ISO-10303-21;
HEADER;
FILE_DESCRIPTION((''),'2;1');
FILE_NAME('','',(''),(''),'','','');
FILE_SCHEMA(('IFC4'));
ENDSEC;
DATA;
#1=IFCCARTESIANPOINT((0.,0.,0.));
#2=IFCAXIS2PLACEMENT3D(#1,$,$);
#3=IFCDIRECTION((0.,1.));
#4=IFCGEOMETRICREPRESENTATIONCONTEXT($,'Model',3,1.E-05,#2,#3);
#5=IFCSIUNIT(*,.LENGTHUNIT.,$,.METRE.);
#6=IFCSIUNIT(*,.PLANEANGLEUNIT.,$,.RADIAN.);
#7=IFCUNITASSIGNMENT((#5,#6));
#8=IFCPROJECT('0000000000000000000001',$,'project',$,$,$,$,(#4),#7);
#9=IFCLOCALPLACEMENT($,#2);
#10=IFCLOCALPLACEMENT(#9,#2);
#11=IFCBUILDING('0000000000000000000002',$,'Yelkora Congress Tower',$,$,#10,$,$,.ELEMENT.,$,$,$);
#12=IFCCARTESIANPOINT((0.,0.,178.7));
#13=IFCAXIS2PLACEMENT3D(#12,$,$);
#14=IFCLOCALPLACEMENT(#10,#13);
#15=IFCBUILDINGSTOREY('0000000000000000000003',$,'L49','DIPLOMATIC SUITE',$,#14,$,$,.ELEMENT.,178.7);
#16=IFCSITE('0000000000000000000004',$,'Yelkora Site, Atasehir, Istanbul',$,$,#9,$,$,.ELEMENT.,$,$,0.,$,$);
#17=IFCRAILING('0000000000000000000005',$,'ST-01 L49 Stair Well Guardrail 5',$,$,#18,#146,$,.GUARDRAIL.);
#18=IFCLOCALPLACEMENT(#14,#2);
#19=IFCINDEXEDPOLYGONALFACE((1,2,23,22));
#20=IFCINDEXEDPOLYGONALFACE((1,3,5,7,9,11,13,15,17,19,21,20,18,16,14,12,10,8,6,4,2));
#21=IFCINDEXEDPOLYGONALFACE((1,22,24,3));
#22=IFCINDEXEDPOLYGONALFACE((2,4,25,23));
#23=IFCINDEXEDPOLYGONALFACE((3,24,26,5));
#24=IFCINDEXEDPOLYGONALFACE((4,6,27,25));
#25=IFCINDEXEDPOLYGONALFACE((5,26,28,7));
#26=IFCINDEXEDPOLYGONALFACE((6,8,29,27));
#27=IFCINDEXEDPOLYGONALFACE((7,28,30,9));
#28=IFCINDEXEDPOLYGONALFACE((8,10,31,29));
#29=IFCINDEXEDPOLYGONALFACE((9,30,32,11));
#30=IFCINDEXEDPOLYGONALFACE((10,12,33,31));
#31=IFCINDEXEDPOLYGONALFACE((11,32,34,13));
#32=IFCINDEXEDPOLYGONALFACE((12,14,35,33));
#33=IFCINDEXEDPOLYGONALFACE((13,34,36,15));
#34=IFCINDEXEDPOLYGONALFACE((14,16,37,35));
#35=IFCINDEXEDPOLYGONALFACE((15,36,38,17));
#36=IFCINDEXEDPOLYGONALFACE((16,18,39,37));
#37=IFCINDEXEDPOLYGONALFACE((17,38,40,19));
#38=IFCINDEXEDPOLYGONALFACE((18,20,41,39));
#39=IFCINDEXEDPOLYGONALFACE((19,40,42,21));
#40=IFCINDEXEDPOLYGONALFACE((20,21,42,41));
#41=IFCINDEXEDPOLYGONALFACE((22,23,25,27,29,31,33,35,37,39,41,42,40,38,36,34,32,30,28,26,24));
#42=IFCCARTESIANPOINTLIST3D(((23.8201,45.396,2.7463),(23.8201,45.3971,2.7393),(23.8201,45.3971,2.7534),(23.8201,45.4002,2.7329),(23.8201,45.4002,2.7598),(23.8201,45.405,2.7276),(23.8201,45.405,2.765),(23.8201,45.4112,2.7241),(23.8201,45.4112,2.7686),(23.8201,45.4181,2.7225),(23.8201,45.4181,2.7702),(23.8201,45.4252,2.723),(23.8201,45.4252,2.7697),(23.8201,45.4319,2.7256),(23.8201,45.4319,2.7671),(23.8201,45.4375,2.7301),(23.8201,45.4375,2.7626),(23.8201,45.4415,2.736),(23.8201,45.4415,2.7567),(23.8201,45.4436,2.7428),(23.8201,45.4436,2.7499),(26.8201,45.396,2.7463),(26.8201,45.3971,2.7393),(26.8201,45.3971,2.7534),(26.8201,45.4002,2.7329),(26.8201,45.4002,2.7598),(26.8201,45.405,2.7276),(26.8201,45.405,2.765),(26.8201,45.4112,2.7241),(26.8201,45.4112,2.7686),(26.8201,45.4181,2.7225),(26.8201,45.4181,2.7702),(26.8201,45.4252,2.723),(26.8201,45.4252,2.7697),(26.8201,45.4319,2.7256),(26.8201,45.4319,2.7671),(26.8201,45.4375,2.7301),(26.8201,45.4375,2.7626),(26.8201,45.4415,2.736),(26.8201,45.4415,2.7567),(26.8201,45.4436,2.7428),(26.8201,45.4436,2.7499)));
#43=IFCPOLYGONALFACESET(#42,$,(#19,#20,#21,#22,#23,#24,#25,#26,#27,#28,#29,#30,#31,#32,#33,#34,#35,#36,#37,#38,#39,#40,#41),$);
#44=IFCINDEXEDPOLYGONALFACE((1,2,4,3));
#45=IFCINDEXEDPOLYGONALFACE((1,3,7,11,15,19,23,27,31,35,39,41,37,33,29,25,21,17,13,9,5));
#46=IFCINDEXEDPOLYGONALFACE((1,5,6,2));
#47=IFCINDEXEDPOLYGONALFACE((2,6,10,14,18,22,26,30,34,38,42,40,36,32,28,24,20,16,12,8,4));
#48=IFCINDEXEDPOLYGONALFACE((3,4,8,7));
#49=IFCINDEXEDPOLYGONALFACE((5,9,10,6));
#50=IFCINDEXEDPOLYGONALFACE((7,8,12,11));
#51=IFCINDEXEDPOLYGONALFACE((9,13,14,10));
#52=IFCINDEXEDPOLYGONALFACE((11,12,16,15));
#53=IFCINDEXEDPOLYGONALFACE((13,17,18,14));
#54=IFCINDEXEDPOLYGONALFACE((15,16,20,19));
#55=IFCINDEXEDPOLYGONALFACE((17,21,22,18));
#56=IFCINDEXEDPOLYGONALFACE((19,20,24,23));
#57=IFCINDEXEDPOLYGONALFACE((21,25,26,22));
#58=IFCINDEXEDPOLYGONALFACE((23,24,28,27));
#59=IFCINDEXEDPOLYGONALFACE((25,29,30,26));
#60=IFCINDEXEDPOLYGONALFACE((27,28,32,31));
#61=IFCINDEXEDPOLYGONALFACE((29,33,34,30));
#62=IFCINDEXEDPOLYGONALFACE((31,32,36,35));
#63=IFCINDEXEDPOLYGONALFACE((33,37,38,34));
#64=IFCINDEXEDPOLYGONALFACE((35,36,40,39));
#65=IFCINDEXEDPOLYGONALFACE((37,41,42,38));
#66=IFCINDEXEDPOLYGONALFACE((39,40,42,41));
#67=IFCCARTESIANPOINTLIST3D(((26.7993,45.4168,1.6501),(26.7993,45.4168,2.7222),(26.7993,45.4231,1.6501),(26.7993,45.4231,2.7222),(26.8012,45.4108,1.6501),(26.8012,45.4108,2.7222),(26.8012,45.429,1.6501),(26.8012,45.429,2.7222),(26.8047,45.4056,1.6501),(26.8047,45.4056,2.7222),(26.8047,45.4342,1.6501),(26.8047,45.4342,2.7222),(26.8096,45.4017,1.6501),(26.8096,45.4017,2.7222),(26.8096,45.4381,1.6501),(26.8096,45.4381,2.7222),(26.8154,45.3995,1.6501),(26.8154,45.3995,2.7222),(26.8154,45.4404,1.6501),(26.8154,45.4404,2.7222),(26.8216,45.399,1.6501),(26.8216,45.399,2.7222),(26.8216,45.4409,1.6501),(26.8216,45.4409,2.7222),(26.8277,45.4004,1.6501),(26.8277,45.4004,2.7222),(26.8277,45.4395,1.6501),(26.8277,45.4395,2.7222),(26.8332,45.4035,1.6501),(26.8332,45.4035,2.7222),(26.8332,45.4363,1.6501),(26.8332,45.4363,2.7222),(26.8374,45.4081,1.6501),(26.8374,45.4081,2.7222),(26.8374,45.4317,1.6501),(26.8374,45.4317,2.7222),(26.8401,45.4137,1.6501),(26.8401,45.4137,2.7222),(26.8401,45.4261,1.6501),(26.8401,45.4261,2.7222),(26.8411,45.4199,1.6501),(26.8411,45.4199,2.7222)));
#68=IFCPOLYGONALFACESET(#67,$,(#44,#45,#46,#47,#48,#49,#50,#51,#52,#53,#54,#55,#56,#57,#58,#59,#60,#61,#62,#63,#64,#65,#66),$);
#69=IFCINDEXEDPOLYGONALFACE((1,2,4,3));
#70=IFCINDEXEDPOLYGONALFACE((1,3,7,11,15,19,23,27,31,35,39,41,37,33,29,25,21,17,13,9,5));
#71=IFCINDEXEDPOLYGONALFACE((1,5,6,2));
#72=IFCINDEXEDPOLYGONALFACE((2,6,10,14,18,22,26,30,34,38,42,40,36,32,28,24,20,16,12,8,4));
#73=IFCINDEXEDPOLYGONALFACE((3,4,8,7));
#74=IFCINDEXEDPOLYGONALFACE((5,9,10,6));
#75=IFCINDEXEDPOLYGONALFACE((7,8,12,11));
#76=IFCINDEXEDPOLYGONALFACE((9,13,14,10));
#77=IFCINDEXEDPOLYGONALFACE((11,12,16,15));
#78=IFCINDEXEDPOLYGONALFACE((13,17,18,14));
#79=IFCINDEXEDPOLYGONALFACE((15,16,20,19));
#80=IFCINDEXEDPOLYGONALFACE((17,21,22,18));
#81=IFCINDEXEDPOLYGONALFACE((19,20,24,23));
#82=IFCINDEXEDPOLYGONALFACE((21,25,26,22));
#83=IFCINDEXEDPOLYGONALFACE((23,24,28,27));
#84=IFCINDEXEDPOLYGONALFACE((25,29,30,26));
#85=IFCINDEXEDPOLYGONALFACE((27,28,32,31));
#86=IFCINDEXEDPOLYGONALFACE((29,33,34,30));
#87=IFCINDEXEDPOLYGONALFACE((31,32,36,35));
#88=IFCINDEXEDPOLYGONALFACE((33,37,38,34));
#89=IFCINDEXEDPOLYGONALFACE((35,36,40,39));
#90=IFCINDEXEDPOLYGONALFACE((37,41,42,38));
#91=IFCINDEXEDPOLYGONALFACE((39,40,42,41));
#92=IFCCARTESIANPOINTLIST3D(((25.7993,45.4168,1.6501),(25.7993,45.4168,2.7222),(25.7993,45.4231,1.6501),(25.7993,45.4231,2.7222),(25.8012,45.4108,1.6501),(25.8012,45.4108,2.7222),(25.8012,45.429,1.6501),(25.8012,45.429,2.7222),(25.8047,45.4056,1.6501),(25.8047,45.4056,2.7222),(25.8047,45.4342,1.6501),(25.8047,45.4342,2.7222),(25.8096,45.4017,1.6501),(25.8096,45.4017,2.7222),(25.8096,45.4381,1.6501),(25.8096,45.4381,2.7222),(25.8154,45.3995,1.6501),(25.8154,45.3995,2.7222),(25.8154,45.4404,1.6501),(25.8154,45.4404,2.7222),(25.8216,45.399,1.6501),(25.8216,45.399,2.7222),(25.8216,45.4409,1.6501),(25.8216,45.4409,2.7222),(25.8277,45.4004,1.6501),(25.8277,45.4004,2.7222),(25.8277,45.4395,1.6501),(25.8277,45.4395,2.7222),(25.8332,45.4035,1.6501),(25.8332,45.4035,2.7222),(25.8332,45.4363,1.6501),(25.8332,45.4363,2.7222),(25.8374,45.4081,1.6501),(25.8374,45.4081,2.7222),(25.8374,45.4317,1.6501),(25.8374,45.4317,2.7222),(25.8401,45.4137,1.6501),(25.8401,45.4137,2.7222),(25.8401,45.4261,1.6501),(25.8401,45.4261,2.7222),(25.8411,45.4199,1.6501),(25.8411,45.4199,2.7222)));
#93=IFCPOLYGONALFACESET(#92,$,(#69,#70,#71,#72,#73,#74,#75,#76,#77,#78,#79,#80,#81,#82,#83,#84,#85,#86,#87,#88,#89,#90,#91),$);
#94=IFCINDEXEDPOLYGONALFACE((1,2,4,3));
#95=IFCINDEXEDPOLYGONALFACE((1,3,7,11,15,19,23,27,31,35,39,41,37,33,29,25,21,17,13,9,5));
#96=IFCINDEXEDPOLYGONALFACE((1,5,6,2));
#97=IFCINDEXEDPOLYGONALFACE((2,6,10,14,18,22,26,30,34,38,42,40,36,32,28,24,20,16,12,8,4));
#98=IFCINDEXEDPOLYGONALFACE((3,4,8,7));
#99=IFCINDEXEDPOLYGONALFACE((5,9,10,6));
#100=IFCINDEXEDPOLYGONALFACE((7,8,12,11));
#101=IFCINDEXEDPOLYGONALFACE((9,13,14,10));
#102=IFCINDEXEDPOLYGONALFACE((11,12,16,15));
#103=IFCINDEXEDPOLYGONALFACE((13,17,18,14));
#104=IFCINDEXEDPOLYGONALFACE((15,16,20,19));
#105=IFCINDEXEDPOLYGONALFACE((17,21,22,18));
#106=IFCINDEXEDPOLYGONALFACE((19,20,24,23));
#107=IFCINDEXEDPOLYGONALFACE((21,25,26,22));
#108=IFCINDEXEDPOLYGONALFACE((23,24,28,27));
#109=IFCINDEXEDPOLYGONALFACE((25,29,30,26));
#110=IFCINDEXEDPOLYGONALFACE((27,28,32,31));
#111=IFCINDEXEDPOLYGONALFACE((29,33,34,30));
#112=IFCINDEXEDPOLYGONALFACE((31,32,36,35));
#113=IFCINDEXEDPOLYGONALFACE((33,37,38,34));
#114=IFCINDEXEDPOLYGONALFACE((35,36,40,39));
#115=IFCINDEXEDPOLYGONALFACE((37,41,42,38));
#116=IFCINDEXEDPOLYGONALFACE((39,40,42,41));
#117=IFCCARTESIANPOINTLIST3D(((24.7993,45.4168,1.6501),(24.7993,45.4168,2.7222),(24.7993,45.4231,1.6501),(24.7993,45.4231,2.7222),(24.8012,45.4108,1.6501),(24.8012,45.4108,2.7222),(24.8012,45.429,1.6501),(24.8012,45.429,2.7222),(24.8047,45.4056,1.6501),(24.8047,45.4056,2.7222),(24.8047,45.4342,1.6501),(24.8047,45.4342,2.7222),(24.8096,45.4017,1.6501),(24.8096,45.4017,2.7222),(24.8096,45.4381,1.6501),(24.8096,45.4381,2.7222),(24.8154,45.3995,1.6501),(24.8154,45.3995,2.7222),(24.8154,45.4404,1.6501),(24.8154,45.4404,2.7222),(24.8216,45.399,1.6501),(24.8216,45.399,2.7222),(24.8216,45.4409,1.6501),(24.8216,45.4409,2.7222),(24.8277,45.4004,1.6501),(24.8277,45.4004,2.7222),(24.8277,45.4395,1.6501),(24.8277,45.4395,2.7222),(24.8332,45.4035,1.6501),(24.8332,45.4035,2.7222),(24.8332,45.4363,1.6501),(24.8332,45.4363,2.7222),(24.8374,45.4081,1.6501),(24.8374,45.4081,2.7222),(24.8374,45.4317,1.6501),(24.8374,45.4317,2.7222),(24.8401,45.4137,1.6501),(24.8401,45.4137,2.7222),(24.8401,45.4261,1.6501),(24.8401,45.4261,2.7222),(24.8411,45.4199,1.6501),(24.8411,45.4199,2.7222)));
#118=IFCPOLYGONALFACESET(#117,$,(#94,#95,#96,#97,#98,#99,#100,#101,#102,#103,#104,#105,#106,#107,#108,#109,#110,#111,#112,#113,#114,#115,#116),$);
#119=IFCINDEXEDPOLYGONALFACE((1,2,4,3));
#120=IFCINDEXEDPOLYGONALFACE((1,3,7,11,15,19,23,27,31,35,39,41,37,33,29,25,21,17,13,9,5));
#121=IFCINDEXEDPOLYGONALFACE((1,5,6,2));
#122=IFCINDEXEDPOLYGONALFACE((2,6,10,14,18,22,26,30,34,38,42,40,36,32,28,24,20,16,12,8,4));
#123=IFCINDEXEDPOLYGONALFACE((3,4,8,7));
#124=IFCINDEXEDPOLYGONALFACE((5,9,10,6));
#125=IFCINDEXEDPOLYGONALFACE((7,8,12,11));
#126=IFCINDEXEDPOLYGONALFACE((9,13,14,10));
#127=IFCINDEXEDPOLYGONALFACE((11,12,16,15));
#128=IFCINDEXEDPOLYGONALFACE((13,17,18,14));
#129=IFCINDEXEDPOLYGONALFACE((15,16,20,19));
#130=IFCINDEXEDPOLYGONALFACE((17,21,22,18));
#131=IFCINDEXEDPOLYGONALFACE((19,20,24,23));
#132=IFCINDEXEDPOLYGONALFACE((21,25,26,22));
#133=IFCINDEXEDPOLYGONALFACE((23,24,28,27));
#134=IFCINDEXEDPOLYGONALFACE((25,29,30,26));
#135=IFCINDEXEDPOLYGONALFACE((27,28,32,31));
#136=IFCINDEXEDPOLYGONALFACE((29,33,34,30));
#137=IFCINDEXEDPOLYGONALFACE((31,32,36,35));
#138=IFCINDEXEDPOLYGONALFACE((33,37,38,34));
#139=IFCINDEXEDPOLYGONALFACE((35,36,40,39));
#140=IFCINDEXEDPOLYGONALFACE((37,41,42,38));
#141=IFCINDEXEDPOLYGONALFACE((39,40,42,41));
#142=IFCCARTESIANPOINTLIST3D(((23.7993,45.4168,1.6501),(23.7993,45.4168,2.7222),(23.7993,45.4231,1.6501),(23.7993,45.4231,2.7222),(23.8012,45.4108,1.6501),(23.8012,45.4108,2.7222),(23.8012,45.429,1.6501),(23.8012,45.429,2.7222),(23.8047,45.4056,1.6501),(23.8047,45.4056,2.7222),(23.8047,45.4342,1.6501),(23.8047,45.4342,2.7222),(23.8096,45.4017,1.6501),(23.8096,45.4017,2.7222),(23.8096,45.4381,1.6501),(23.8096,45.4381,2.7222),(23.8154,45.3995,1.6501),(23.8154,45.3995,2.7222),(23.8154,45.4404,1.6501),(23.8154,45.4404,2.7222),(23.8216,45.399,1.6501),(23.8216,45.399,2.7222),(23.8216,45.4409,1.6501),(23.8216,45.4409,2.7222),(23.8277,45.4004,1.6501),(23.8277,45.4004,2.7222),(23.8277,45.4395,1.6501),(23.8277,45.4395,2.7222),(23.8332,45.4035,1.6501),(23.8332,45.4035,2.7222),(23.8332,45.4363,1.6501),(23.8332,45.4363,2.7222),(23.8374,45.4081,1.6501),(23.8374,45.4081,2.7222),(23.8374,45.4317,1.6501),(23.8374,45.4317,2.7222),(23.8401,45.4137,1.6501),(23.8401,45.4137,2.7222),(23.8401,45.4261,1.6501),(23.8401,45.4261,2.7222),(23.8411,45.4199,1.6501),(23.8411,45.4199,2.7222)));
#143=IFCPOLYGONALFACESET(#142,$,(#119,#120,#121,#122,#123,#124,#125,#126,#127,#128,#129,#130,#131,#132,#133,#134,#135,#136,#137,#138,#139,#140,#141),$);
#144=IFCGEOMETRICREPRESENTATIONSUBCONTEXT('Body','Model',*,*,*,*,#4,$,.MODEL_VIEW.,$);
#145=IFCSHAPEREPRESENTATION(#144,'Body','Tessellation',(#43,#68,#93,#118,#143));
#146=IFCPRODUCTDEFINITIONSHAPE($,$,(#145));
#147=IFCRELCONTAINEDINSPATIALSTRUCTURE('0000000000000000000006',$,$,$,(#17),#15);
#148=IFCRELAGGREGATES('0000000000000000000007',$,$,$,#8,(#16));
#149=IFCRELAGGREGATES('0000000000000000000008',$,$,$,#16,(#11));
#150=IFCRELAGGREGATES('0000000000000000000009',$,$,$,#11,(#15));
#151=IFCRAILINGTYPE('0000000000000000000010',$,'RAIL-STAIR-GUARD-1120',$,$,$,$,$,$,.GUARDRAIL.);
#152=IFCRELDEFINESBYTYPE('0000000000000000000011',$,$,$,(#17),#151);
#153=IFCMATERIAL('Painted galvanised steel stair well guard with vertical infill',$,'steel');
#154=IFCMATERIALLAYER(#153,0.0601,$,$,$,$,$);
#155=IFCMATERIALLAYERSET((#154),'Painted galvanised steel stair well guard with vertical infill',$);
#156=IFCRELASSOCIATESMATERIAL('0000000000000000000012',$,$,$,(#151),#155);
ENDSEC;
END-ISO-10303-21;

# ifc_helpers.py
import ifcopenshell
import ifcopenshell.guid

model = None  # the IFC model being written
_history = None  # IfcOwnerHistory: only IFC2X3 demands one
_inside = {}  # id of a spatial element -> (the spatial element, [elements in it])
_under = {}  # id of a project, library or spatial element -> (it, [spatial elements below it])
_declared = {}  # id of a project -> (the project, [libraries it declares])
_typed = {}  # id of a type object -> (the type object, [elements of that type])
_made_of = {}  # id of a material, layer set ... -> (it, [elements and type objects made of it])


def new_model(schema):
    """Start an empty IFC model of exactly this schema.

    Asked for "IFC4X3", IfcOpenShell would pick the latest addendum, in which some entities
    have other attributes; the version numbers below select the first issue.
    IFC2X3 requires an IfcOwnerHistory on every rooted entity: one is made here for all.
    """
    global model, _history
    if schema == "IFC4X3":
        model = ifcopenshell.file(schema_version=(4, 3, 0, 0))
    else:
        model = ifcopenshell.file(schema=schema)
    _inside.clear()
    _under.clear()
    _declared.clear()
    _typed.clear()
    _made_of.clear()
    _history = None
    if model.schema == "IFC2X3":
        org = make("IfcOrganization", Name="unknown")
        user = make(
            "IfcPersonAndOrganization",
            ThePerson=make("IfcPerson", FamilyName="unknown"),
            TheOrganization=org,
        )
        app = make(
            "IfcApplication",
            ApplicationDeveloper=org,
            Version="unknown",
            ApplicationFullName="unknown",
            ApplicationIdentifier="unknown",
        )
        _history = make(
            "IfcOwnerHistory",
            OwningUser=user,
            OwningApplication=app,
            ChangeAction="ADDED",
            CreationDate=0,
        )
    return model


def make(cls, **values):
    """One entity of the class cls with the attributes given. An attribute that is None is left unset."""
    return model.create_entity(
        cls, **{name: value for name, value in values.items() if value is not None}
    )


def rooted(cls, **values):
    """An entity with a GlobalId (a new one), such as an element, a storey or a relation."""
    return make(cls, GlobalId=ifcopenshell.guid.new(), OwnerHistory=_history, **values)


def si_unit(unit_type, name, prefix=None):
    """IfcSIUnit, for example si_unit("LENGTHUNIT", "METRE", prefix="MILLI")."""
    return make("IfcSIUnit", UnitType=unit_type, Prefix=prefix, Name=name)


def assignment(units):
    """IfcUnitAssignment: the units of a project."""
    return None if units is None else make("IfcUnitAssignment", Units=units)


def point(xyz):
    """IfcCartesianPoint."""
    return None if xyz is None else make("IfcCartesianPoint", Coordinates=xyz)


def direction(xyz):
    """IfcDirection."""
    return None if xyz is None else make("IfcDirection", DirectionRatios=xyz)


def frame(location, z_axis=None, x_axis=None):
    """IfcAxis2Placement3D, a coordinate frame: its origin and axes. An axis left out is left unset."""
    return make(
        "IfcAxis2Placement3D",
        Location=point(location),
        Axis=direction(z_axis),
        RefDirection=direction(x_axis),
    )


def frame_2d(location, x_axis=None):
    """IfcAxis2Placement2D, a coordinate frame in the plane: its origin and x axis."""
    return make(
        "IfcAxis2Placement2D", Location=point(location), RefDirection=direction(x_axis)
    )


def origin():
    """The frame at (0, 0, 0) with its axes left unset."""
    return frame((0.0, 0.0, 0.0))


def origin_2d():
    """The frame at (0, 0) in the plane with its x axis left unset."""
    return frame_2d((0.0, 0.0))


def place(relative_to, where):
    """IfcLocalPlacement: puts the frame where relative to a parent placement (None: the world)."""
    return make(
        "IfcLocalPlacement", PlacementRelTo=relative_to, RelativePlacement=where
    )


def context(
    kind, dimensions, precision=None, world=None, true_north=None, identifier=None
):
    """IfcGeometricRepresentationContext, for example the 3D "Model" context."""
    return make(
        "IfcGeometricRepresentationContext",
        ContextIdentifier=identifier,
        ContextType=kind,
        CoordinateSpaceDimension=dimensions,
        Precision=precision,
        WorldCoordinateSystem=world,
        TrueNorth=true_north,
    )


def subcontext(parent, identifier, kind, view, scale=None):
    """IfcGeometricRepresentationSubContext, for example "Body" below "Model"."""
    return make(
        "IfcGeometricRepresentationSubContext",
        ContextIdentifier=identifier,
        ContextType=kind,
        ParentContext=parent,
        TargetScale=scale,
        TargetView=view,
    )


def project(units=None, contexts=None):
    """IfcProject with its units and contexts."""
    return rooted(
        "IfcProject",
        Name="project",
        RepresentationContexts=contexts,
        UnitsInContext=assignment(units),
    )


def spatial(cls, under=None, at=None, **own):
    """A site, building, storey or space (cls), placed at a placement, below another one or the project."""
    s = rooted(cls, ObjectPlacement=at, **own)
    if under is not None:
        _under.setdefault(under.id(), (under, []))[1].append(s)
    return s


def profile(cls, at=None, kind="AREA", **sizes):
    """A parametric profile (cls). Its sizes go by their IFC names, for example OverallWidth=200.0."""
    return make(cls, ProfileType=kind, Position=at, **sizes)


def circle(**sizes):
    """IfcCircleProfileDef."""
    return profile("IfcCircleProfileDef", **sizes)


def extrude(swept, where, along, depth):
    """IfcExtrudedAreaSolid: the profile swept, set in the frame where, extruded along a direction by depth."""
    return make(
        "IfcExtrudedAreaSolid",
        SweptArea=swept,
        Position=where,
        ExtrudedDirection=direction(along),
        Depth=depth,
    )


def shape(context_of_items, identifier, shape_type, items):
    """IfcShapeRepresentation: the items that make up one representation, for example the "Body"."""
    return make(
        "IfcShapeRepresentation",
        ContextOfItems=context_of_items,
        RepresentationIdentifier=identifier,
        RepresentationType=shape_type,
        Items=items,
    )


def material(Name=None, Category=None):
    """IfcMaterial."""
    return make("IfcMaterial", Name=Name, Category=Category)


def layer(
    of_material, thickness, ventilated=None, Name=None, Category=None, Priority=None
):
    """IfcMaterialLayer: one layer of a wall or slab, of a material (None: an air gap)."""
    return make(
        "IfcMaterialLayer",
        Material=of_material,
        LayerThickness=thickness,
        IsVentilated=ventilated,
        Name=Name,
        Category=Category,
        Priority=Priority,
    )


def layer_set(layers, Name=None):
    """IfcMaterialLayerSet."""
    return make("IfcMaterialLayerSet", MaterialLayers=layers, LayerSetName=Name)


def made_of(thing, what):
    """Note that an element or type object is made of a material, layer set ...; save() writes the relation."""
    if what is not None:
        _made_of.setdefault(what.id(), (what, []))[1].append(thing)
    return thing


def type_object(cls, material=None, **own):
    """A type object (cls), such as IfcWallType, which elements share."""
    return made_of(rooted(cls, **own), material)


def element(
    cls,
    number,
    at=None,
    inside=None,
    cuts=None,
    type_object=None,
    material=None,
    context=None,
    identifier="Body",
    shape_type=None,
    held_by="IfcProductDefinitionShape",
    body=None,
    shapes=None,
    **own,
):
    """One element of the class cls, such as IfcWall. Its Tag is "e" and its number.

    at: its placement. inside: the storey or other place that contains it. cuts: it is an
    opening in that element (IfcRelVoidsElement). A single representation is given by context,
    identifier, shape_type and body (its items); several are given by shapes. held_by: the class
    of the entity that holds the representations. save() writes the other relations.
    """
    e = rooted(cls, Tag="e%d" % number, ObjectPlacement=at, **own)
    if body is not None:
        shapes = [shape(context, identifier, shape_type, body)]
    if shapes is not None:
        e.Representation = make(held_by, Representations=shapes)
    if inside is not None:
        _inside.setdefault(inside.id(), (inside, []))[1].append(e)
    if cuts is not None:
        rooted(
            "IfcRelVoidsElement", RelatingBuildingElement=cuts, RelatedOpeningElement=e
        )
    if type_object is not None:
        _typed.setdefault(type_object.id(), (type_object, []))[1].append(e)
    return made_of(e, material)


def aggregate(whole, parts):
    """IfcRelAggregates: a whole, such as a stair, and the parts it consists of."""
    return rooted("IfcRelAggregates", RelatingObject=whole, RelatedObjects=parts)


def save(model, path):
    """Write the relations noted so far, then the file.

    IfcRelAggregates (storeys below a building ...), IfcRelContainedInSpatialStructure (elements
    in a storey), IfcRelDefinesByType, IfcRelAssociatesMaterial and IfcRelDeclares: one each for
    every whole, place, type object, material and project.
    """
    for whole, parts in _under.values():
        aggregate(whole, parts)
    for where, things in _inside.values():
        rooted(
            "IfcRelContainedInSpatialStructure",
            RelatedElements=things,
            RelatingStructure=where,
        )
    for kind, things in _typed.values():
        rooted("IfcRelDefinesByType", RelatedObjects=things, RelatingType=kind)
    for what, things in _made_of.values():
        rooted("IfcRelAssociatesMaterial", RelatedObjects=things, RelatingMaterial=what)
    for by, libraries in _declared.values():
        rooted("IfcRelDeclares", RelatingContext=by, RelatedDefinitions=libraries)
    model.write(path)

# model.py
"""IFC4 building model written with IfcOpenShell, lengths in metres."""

from ifc_helpers import new_model, si_unit, direction, frame, origin, origin_2d, place, context, subcontext, project, spatial, circle, extrude, material, layer, layer_set, type_object, element, save


model = new_model("IFC4")

# Units and contexts
model_context = context("Model", 3, precision=1e-05, world=origin(), true_north=direction((0.0, 1.0)))
body_context = subcontext(model_context, "Body", "Model", "MODEL_VIEW")
ifc_project = project(units=[si_unit("LENGTHUNIT", "METRE"), si_unit("PLANEANGLEUNIT", "RADIAN")], contexts=[model_context])

# Site, building, storey
site_placement = place(None, origin())
site = spatial("IfcSite", under=ifc_project, at=site_placement, Name="Yelkora Site, Atasehir, Istanbul", CompositionType="ELEMENT", RefElevation=0.0)
building_placement = place(site_placement, origin())
building = spatial("IfcBuilding", under=site, at=building_placement, Name="Yelkora Congress Tower", CompositionType="ELEMENT")
storey_placement = place(building_placement, frame((0.0, 0.0, 178.7)))
storey = spatial("IfcBuildingStorey", under=building, at=storey_placement, Name="L49", Description="DIPLOMATIC SUITE", CompositionType="ELEMENT", Elevation=178.7)

# Railing
ifc_material_1 = material(Name="Painted galvanised steel stair well guard with vertical infill", Category="steel")
ifc_layer_1 = layer(ifc_material_1, 0.0601)
ifc_layer_set_1 = layer_set([ifc_layer_1], Name="Painted galvanised steel stair well guard with vertical infill")
railing_type_1 = type_object("IfcRailingType", Name="RAIL-STAIR-GUARD-1120", PredefinedType="GUARDRAIL", material=ifc_layer_set_1)
railing_1_placement = place(storey_placement, frame((26.8201, 45.4199, 1.6501)))
element("IfcRailing", 1, at=railing_1_placement, inside=storey, type_object=railing_type_1, Name="ST-01 L49 Stair Well Guardrail 5", PredefinedType="GUARDRAIL", context=body_context, shape_type="SweptSolid", body=[
    extrude(circle(Radius=0.0239, at=origin_2d()), frame((0.0, 0.0, 1.0962), z_axis=(-1.0, 0.0, 0.0), x_axis=(0.0, -1.0, 0.0)), (0.0, 0.0, 1.0), 3.0),
    extrude(circle(Radius=0.021, at=origin_2d()), origin(), (0.0, 0.0, 1.0), 1.072),
    extrude(circle(Radius=0.021, at=origin_2d()), frame((-1.0, 0.0, 0.0)), (0.0, 0.0, 1.0), 1.072),
    extrude(circle(Radius=0.021, at=origin_2d()), frame((-2.0, 0.0, 0.0)), (0.0, 0.0, 1.0), 1.072),
    extrude(circle(Radius=0.021, at=origin_2d()), frame((-3.0, 0.0, 0.0)), (0.0, 0.0, 1.0), 1.072),
])

save(model, "model.ifc")
